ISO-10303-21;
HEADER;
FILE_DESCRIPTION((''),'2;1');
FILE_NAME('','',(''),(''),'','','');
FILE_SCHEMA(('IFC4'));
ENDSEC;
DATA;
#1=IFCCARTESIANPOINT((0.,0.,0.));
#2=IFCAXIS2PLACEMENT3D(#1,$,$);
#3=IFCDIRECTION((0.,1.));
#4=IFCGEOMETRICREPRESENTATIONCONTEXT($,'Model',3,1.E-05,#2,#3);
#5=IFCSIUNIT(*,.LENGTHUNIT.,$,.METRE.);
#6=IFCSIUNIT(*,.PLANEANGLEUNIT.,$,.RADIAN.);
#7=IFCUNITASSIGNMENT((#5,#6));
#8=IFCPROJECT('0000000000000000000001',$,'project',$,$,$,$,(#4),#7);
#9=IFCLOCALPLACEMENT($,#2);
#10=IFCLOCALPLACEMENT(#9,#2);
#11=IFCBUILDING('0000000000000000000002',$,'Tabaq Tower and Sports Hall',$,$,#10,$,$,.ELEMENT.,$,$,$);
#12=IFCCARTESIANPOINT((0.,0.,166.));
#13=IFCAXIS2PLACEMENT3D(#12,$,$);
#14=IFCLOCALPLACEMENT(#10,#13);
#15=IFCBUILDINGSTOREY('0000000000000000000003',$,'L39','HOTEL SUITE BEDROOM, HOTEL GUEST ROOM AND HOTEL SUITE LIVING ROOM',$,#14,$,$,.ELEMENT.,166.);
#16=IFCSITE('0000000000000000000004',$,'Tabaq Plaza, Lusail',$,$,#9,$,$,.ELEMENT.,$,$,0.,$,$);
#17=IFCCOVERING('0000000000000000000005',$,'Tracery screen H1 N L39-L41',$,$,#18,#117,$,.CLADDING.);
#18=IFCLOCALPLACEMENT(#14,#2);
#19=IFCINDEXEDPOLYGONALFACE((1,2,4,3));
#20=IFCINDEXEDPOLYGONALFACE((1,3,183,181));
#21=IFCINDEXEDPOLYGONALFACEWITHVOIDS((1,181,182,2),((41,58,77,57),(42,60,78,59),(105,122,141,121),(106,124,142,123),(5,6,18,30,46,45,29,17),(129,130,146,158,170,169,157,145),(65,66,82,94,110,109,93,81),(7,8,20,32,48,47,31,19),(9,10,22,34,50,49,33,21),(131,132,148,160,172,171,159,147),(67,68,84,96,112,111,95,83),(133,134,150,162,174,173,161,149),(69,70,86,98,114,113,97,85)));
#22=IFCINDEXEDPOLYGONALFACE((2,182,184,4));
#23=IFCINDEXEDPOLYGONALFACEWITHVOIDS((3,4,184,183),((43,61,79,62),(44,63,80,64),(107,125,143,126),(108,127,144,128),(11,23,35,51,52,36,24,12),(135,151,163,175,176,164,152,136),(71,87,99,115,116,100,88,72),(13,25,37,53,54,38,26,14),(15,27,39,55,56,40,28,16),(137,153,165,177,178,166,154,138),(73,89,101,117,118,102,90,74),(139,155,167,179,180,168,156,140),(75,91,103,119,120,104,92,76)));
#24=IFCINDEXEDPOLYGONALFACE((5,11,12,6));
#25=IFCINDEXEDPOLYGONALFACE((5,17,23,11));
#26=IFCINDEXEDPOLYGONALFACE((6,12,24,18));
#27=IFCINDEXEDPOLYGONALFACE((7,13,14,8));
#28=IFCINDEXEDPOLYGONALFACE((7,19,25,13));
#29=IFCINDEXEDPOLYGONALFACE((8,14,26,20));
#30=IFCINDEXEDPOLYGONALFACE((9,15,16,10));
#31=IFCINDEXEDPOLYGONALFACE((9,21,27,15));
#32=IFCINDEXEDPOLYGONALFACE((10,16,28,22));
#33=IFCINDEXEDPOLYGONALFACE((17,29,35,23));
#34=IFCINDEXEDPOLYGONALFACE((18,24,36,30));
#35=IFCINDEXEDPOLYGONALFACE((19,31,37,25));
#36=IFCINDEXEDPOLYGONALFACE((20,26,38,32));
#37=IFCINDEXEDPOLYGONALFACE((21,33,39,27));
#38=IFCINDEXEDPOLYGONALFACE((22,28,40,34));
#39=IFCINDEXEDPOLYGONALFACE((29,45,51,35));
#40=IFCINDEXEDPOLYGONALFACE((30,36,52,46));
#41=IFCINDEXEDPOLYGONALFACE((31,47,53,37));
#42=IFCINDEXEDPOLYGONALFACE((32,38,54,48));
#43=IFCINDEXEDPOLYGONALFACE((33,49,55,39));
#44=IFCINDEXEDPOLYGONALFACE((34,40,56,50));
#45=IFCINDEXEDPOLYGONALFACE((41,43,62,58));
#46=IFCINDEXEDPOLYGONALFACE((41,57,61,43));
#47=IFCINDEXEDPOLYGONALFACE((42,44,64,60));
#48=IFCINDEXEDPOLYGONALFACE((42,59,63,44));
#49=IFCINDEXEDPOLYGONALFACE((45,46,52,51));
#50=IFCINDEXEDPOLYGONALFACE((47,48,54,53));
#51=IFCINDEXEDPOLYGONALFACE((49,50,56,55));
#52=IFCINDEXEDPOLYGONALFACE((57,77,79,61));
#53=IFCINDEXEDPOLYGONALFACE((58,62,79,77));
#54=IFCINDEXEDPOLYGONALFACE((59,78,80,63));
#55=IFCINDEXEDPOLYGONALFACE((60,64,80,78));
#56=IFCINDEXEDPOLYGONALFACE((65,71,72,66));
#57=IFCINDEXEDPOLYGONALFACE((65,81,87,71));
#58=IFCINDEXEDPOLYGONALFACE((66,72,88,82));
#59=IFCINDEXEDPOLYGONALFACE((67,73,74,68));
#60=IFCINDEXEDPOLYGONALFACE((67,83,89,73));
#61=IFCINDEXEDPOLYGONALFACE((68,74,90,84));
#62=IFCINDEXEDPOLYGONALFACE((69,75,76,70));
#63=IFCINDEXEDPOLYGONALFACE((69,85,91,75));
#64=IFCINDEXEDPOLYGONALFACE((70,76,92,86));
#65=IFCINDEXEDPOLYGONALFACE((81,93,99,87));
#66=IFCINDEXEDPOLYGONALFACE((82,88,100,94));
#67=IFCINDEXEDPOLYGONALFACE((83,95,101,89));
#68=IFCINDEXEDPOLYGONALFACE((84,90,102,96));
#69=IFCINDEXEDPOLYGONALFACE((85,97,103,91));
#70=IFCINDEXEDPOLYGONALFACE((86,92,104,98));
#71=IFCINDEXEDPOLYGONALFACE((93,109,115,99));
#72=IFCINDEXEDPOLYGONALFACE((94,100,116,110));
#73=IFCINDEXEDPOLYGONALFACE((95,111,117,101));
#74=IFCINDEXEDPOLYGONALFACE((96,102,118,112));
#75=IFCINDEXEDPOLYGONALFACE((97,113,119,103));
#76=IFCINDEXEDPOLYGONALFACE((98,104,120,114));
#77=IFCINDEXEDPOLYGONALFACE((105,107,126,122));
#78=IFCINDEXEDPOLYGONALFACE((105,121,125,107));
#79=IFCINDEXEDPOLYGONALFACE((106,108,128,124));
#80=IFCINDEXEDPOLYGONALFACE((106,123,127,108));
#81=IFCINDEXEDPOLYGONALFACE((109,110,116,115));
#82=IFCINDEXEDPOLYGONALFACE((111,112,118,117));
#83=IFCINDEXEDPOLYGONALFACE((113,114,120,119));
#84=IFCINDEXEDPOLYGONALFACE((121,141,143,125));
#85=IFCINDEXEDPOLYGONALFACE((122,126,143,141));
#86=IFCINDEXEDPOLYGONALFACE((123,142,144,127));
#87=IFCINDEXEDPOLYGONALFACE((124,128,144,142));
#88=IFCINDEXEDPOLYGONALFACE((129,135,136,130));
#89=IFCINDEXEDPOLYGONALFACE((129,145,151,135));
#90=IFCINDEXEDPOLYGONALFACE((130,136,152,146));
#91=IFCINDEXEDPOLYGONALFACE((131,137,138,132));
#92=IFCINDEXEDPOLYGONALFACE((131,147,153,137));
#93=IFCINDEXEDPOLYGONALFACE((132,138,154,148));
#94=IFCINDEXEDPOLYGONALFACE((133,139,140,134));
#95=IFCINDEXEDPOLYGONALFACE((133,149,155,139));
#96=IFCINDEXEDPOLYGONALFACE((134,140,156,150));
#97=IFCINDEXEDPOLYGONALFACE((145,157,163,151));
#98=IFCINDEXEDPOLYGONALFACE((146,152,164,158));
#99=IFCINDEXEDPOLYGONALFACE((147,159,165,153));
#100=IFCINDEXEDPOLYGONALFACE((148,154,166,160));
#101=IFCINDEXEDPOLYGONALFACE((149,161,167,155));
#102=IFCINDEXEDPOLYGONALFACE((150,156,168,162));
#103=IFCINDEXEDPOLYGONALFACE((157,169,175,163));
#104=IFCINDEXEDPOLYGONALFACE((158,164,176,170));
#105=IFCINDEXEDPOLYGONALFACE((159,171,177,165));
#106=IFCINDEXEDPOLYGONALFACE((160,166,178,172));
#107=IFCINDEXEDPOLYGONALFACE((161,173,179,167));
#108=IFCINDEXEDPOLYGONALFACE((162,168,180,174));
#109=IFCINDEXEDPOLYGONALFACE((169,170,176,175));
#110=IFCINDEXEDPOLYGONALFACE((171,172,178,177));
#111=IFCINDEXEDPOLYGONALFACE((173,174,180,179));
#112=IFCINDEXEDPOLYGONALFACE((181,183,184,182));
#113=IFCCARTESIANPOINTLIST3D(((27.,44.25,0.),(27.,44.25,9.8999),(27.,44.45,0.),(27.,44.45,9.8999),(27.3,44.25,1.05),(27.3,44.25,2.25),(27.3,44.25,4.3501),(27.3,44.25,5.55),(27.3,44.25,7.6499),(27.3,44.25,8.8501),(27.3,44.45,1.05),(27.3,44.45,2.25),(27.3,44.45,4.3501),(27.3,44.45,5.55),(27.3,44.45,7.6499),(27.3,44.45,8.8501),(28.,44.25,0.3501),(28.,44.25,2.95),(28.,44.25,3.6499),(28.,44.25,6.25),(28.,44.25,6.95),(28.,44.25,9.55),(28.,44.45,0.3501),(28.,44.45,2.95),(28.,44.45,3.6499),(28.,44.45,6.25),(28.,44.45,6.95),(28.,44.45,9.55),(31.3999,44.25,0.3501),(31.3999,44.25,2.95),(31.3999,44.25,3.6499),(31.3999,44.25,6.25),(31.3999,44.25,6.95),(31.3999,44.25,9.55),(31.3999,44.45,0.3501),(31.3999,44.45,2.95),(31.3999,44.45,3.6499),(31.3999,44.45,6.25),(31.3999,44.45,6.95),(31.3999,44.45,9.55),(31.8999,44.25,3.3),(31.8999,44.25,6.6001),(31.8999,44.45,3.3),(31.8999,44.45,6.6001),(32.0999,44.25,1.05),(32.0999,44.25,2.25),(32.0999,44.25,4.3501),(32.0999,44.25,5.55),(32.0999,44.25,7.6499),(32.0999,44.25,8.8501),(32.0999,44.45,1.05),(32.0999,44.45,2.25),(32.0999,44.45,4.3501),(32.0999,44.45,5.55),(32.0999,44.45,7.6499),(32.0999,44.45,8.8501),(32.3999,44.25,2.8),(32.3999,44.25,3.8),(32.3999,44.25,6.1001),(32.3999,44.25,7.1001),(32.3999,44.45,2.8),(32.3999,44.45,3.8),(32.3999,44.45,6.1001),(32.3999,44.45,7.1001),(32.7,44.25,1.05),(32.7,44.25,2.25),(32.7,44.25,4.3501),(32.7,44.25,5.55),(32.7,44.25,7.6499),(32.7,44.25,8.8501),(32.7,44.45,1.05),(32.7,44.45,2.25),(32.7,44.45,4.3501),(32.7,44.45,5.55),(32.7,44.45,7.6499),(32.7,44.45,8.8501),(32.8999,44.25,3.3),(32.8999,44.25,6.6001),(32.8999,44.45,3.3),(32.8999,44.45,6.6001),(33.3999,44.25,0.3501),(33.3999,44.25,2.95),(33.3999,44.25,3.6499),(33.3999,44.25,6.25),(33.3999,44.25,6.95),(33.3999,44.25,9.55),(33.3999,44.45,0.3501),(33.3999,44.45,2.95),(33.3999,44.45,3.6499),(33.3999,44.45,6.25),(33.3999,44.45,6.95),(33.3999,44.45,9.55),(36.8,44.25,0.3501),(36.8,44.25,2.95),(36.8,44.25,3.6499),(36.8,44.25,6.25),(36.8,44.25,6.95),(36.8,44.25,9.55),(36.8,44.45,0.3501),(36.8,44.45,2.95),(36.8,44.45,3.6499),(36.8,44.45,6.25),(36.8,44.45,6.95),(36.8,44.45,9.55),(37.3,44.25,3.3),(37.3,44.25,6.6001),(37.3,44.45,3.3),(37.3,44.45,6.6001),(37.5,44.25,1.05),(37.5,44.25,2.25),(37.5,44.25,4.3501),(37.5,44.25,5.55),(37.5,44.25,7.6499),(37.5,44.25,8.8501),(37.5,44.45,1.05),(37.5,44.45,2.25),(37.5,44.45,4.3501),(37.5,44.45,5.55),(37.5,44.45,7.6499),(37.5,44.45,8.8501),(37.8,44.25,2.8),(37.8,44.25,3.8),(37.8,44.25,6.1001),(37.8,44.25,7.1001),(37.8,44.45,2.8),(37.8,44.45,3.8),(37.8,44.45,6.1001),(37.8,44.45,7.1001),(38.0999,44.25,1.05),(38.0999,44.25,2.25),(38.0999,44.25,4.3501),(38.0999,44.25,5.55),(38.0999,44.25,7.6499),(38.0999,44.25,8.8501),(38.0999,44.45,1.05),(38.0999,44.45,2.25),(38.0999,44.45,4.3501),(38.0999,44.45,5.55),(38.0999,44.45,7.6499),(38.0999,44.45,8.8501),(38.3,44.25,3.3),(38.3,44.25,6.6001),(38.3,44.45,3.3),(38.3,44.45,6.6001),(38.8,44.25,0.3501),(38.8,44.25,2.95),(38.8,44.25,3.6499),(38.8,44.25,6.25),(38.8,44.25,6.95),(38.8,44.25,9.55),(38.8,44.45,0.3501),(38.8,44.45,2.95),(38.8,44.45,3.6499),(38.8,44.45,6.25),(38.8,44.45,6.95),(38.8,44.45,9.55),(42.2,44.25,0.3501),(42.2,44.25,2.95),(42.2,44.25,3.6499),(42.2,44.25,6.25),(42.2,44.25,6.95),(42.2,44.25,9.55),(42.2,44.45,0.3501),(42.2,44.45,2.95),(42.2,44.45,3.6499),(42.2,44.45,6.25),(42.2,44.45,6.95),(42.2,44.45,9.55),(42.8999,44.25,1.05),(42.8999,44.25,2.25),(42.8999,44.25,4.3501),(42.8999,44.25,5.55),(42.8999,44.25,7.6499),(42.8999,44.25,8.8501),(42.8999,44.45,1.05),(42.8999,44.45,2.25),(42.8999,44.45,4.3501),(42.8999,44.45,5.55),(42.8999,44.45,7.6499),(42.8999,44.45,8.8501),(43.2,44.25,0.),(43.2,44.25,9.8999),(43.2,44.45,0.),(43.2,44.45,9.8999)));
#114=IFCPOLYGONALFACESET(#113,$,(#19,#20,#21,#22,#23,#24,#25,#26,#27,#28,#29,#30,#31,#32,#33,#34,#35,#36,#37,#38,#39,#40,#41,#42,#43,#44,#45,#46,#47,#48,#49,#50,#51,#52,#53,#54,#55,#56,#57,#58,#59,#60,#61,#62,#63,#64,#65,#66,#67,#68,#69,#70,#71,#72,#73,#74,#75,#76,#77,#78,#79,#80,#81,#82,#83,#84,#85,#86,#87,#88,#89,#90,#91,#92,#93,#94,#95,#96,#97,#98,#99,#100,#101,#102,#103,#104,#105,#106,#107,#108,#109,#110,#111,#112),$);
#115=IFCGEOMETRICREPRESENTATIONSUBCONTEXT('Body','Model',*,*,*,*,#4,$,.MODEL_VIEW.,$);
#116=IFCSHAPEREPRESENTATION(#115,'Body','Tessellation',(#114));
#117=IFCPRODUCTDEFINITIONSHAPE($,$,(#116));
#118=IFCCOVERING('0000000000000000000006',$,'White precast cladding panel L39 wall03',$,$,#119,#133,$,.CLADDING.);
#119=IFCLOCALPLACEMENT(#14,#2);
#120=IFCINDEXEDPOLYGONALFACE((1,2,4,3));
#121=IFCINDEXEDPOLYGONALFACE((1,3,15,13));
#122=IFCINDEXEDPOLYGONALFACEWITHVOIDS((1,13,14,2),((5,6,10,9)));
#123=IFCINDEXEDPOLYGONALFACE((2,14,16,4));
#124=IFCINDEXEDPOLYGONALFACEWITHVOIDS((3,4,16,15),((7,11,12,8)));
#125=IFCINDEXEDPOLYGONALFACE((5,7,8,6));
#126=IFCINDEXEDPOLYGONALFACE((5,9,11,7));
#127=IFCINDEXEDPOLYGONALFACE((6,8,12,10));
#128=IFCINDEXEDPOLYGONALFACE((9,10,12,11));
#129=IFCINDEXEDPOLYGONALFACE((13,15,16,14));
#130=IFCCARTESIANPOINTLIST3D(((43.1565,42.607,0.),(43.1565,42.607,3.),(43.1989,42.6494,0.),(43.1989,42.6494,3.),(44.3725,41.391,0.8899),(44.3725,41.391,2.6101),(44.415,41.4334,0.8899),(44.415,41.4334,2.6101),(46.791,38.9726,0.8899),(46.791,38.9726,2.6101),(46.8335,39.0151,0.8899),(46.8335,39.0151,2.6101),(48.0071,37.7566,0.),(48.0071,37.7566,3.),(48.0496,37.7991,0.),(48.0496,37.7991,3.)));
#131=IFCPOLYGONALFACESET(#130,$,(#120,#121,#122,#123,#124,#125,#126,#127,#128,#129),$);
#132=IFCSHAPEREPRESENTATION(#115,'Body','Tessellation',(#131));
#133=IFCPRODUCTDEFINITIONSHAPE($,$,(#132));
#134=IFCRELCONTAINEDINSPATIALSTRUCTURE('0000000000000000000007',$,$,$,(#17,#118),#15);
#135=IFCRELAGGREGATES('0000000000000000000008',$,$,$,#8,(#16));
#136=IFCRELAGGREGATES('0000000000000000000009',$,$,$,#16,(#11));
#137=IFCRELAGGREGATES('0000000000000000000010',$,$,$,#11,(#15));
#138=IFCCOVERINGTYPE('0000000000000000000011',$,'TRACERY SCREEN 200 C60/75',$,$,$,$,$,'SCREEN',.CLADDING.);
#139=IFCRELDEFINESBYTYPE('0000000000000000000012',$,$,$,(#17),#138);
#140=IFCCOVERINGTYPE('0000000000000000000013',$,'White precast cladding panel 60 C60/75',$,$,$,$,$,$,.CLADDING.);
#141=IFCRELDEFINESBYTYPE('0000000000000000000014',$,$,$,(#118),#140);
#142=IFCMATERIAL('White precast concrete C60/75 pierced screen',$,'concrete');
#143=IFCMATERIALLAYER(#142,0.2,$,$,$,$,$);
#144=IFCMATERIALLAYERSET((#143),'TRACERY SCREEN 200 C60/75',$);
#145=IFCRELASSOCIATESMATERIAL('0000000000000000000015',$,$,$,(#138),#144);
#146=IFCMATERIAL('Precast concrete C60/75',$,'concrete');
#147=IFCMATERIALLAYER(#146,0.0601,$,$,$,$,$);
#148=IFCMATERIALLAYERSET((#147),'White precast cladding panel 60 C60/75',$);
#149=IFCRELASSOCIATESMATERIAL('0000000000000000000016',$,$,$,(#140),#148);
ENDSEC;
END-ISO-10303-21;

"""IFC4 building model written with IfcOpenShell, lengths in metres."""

from ifc_helpers import new_model, si_unit, direction, frame, origin, place, context, subcontext, project, spatial, polyline, outline, extrude, material, layer, layer_set, type_object, element, save


model = new_model("IFC4")

# Units and contexts
model_context = context("Model", 3, precision=1e-05, world=origin(), true_north=direction((0.0, 1.0)))
body_context = subcontext(model_context, "Body", "Model", "MODEL_VIEW")
ifc_project = project(units=[si_unit("LENGTHUNIT", "METRE"), si_unit("PLANEANGLEUNIT", "RADIAN")], contexts=[model_context])

# Site, building, storey
site_placement = place(None, origin())
site = spatial("IfcSite", under=ifc_project, at=site_placement, Name="Tabaq Plaza, Lusail", CompositionType="ELEMENT", RefElevation=0.0)
building_placement = place(site_placement, origin())
building = spatial("IfcBuilding", under=site, at=building_placement, Name="Tabaq Tower and Sports Hall", CompositionType="ELEMENT")
storey_placement = place(building_placement, frame((0.0, 0.0, 166.0)))
storey = spatial("IfcBuildingStorey", under=building, at=storey_placement, Name="L39", Description="HOTEL SUITE BEDROOM, HOTEL GUEST ROOM AND HOTEL SUITE LIVING ROOM", CompositionType="ELEMENT", Elevation=166.0)

# Coverings
ifc_material_1 = material(Name="White precast concrete C60/75 pierced screen", Category="concrete")
ifc_layer_1 = layer(ifc_material_1, 0.2)
ifc_layer_set_1 = layer_set([ifc_layer_1], Name="TRACERY SCREEN 200 C60/75")
covering_type_1 = type_object("IfcCoveringType", Name="TRACERY SCREEN 200 C60/75", ElementType="SCREEN", PredefinedType="CLADDING", material=ifc_layer_set_1)
covering_1_placement = place(storey_placement, frame((43.2, 44.3501, 0.0), z_axis=(0.0, 0.0, 1.0), x_axis=(-1.0, 0.0, 0.0)))
element("IfcCovering", 1, at=covering_1_placement, inside=storey, type_object=covering_type_1, Name="Tracery screen H1 N L39-L41", PredefinedType="CLADDING", context=body_context, shape_type="SweptSolid", body=[
    extrude(outline(polyline([(0.0, 0.0), (16.2, 0.0), (16.2, 9.8999), (0.0, 9.8999), (0.0, 0.0)]), holes=[polyline([(1.0, 0.3501), (4.3999, 0.3501), (5.1001, 1.05), (5.1001, 2.25), (4.3999, 2.95), (1.0, 2.95), (0.3, 2.25), (0.3, 1.05), (1.0, 0.3501)]), polyline([(6.3999, 0.3501), (9.8, 0.3501), (10.5, 1.05), (10.5, 2.25), (9.8, 2.95), (6.3999, 2.95), (5.7, 2.25), (5.7, 1.05), (6.3999, 0.3501)]), polyline([(11.8, 0.3501), (15.2, 0.3501), (15.8999, 1.05), (15.8999, 2.25), (15.2, 2.95), (11.8, 2.95), (11.1001, 2.25), (11.1001, 1.05), (11.8, 0.3501)]), polyline([(1.0, 3.6499), (4.3999, 3.6499), (5.1001, 4.3501), (5.1001, 5.55), (4.3999, 6.25), (1.0, 6.25), (0.3, 5.55), (0.3, 4.3501), (1.0, 3.6499)]), polyline([(6.3999, 3.6499), (9.8, 3.6499), (10.5, 4.3501), (10.5, 5.55), (9.8, 6.25), (6.3999, 6.25), (5.7, 5.55), (5.7, 4.3501), (6.3999, 3.6499)]), polyline([(11.8, 3.6499), (15.2, 3.6499), (15.8999, 4.3501), (15.8999, 5.55), (15.2, 6.25), (11.8, 6.25), (11.1001, 5.55), (11.1001, 4.3501), (11.8, 3.6499)]), polyline([(1.0, 6.95), (4.3999, 6.95), (5.1001, 7.6499), (5.1001, 8.8501), (4.3999, 9.55), (1.0, 9.55), (0.3, 8.8501), (0.3, 7.6499), (1.0, 6.95)]), polyline([(6.3999, 6.95), (9.8, 6.95), (10.5, 7.6499), (10.5, 8.8501), (9.8, 9.55), (6.3999, 9.55), (5.7, 8.8501), (5.7, 7.6499), (6.3999, 6.95)]), polyline([(11.8, 6.95), (15.2, 6.95), (15.8999, 7.6499), (15.8999, 8.8501), (15.2, 9.55), (11.8, 9.55), (11.1001, 8.8501), (11.1001, 7.6499), (11.8, 6.95)]), polyline([(5.8999, 3.3), (5.3999, 3.8), (4.8999, 3.3), (5.3999, 2.8), (5.8999, 3.3)]), polyline([(11.3, 3.3), (10.8, 3.8), (10.3, 3.3), (10.8, 2.8), (11.3, 3.3)]), polyline([(5.8999, 6.6001), (5.3999, 7.1001), (4.8999, 6.6001), (5.3999, 6.1001), (5.8999, 6.6001)]), polyline([(11.3, 6.6001), (10.8, 7.1001), (10.3, 6.6001), (10.8, 6.1001), (11.3, 6.6001)])]), frame((0.0, 0.1001, 0.0), z_axis=(0.0, -1.0, 0.0), x_axis=(1.0, 0.0, 0.0)), (0.0, 0.0, 1.0), 0.2),
])
ifc_material_2 = material(Name="Precast concrete C60/75", Category="concrete")
ifc_layer_2 = layer(ifc_material_2, 0.0601)
ifc_layer_set_2 = layer_set([ifc_layer_2], Name="White precast cladding panel 60 C60/75")
covering_type_2 = type_object("IfcCoveringType", Name="White precast cladding panel 60 C60/75", PredefinedType="CLADDING", material=ifc_layer_set_2)
covering_2_placement = place(storey_placement, frame((48.0283, 37.7778, 0.0), z_axis=(0.0, 0.0, 1.0), x_axis=(-0.707125, 0.707089, 0.0)))
element("IfcCovering", 2, at=covering_2_placement, inside=storey, type_object=covering_type_2, Name="White precast cladding panel L39 wall03", PredefinedType="CLADDING", context=body_context, shape_type="SweptSolid", body=[
    extrude(outline(polyline([(0.0, 0.0), (6.8596, 0.0), (6.8596, 3.0), (0.0, 3.0), (0.0, 0.0)]), holes=[polyline([(1.7197, 0.8899), (1.7197, 2.6101), (5.1399, 2.6101), (5.1399, 0.8899), (1.7197, 0.8899)])]), frame((0.0, 0.03, 0.0), z_axis=(0.0, -1.0, 0.0), x_axis=(1.0, 0.0, 0.0)), (0.0, 0.0, 1.0), 0.0601),
])

save(model, "model.ifc")
